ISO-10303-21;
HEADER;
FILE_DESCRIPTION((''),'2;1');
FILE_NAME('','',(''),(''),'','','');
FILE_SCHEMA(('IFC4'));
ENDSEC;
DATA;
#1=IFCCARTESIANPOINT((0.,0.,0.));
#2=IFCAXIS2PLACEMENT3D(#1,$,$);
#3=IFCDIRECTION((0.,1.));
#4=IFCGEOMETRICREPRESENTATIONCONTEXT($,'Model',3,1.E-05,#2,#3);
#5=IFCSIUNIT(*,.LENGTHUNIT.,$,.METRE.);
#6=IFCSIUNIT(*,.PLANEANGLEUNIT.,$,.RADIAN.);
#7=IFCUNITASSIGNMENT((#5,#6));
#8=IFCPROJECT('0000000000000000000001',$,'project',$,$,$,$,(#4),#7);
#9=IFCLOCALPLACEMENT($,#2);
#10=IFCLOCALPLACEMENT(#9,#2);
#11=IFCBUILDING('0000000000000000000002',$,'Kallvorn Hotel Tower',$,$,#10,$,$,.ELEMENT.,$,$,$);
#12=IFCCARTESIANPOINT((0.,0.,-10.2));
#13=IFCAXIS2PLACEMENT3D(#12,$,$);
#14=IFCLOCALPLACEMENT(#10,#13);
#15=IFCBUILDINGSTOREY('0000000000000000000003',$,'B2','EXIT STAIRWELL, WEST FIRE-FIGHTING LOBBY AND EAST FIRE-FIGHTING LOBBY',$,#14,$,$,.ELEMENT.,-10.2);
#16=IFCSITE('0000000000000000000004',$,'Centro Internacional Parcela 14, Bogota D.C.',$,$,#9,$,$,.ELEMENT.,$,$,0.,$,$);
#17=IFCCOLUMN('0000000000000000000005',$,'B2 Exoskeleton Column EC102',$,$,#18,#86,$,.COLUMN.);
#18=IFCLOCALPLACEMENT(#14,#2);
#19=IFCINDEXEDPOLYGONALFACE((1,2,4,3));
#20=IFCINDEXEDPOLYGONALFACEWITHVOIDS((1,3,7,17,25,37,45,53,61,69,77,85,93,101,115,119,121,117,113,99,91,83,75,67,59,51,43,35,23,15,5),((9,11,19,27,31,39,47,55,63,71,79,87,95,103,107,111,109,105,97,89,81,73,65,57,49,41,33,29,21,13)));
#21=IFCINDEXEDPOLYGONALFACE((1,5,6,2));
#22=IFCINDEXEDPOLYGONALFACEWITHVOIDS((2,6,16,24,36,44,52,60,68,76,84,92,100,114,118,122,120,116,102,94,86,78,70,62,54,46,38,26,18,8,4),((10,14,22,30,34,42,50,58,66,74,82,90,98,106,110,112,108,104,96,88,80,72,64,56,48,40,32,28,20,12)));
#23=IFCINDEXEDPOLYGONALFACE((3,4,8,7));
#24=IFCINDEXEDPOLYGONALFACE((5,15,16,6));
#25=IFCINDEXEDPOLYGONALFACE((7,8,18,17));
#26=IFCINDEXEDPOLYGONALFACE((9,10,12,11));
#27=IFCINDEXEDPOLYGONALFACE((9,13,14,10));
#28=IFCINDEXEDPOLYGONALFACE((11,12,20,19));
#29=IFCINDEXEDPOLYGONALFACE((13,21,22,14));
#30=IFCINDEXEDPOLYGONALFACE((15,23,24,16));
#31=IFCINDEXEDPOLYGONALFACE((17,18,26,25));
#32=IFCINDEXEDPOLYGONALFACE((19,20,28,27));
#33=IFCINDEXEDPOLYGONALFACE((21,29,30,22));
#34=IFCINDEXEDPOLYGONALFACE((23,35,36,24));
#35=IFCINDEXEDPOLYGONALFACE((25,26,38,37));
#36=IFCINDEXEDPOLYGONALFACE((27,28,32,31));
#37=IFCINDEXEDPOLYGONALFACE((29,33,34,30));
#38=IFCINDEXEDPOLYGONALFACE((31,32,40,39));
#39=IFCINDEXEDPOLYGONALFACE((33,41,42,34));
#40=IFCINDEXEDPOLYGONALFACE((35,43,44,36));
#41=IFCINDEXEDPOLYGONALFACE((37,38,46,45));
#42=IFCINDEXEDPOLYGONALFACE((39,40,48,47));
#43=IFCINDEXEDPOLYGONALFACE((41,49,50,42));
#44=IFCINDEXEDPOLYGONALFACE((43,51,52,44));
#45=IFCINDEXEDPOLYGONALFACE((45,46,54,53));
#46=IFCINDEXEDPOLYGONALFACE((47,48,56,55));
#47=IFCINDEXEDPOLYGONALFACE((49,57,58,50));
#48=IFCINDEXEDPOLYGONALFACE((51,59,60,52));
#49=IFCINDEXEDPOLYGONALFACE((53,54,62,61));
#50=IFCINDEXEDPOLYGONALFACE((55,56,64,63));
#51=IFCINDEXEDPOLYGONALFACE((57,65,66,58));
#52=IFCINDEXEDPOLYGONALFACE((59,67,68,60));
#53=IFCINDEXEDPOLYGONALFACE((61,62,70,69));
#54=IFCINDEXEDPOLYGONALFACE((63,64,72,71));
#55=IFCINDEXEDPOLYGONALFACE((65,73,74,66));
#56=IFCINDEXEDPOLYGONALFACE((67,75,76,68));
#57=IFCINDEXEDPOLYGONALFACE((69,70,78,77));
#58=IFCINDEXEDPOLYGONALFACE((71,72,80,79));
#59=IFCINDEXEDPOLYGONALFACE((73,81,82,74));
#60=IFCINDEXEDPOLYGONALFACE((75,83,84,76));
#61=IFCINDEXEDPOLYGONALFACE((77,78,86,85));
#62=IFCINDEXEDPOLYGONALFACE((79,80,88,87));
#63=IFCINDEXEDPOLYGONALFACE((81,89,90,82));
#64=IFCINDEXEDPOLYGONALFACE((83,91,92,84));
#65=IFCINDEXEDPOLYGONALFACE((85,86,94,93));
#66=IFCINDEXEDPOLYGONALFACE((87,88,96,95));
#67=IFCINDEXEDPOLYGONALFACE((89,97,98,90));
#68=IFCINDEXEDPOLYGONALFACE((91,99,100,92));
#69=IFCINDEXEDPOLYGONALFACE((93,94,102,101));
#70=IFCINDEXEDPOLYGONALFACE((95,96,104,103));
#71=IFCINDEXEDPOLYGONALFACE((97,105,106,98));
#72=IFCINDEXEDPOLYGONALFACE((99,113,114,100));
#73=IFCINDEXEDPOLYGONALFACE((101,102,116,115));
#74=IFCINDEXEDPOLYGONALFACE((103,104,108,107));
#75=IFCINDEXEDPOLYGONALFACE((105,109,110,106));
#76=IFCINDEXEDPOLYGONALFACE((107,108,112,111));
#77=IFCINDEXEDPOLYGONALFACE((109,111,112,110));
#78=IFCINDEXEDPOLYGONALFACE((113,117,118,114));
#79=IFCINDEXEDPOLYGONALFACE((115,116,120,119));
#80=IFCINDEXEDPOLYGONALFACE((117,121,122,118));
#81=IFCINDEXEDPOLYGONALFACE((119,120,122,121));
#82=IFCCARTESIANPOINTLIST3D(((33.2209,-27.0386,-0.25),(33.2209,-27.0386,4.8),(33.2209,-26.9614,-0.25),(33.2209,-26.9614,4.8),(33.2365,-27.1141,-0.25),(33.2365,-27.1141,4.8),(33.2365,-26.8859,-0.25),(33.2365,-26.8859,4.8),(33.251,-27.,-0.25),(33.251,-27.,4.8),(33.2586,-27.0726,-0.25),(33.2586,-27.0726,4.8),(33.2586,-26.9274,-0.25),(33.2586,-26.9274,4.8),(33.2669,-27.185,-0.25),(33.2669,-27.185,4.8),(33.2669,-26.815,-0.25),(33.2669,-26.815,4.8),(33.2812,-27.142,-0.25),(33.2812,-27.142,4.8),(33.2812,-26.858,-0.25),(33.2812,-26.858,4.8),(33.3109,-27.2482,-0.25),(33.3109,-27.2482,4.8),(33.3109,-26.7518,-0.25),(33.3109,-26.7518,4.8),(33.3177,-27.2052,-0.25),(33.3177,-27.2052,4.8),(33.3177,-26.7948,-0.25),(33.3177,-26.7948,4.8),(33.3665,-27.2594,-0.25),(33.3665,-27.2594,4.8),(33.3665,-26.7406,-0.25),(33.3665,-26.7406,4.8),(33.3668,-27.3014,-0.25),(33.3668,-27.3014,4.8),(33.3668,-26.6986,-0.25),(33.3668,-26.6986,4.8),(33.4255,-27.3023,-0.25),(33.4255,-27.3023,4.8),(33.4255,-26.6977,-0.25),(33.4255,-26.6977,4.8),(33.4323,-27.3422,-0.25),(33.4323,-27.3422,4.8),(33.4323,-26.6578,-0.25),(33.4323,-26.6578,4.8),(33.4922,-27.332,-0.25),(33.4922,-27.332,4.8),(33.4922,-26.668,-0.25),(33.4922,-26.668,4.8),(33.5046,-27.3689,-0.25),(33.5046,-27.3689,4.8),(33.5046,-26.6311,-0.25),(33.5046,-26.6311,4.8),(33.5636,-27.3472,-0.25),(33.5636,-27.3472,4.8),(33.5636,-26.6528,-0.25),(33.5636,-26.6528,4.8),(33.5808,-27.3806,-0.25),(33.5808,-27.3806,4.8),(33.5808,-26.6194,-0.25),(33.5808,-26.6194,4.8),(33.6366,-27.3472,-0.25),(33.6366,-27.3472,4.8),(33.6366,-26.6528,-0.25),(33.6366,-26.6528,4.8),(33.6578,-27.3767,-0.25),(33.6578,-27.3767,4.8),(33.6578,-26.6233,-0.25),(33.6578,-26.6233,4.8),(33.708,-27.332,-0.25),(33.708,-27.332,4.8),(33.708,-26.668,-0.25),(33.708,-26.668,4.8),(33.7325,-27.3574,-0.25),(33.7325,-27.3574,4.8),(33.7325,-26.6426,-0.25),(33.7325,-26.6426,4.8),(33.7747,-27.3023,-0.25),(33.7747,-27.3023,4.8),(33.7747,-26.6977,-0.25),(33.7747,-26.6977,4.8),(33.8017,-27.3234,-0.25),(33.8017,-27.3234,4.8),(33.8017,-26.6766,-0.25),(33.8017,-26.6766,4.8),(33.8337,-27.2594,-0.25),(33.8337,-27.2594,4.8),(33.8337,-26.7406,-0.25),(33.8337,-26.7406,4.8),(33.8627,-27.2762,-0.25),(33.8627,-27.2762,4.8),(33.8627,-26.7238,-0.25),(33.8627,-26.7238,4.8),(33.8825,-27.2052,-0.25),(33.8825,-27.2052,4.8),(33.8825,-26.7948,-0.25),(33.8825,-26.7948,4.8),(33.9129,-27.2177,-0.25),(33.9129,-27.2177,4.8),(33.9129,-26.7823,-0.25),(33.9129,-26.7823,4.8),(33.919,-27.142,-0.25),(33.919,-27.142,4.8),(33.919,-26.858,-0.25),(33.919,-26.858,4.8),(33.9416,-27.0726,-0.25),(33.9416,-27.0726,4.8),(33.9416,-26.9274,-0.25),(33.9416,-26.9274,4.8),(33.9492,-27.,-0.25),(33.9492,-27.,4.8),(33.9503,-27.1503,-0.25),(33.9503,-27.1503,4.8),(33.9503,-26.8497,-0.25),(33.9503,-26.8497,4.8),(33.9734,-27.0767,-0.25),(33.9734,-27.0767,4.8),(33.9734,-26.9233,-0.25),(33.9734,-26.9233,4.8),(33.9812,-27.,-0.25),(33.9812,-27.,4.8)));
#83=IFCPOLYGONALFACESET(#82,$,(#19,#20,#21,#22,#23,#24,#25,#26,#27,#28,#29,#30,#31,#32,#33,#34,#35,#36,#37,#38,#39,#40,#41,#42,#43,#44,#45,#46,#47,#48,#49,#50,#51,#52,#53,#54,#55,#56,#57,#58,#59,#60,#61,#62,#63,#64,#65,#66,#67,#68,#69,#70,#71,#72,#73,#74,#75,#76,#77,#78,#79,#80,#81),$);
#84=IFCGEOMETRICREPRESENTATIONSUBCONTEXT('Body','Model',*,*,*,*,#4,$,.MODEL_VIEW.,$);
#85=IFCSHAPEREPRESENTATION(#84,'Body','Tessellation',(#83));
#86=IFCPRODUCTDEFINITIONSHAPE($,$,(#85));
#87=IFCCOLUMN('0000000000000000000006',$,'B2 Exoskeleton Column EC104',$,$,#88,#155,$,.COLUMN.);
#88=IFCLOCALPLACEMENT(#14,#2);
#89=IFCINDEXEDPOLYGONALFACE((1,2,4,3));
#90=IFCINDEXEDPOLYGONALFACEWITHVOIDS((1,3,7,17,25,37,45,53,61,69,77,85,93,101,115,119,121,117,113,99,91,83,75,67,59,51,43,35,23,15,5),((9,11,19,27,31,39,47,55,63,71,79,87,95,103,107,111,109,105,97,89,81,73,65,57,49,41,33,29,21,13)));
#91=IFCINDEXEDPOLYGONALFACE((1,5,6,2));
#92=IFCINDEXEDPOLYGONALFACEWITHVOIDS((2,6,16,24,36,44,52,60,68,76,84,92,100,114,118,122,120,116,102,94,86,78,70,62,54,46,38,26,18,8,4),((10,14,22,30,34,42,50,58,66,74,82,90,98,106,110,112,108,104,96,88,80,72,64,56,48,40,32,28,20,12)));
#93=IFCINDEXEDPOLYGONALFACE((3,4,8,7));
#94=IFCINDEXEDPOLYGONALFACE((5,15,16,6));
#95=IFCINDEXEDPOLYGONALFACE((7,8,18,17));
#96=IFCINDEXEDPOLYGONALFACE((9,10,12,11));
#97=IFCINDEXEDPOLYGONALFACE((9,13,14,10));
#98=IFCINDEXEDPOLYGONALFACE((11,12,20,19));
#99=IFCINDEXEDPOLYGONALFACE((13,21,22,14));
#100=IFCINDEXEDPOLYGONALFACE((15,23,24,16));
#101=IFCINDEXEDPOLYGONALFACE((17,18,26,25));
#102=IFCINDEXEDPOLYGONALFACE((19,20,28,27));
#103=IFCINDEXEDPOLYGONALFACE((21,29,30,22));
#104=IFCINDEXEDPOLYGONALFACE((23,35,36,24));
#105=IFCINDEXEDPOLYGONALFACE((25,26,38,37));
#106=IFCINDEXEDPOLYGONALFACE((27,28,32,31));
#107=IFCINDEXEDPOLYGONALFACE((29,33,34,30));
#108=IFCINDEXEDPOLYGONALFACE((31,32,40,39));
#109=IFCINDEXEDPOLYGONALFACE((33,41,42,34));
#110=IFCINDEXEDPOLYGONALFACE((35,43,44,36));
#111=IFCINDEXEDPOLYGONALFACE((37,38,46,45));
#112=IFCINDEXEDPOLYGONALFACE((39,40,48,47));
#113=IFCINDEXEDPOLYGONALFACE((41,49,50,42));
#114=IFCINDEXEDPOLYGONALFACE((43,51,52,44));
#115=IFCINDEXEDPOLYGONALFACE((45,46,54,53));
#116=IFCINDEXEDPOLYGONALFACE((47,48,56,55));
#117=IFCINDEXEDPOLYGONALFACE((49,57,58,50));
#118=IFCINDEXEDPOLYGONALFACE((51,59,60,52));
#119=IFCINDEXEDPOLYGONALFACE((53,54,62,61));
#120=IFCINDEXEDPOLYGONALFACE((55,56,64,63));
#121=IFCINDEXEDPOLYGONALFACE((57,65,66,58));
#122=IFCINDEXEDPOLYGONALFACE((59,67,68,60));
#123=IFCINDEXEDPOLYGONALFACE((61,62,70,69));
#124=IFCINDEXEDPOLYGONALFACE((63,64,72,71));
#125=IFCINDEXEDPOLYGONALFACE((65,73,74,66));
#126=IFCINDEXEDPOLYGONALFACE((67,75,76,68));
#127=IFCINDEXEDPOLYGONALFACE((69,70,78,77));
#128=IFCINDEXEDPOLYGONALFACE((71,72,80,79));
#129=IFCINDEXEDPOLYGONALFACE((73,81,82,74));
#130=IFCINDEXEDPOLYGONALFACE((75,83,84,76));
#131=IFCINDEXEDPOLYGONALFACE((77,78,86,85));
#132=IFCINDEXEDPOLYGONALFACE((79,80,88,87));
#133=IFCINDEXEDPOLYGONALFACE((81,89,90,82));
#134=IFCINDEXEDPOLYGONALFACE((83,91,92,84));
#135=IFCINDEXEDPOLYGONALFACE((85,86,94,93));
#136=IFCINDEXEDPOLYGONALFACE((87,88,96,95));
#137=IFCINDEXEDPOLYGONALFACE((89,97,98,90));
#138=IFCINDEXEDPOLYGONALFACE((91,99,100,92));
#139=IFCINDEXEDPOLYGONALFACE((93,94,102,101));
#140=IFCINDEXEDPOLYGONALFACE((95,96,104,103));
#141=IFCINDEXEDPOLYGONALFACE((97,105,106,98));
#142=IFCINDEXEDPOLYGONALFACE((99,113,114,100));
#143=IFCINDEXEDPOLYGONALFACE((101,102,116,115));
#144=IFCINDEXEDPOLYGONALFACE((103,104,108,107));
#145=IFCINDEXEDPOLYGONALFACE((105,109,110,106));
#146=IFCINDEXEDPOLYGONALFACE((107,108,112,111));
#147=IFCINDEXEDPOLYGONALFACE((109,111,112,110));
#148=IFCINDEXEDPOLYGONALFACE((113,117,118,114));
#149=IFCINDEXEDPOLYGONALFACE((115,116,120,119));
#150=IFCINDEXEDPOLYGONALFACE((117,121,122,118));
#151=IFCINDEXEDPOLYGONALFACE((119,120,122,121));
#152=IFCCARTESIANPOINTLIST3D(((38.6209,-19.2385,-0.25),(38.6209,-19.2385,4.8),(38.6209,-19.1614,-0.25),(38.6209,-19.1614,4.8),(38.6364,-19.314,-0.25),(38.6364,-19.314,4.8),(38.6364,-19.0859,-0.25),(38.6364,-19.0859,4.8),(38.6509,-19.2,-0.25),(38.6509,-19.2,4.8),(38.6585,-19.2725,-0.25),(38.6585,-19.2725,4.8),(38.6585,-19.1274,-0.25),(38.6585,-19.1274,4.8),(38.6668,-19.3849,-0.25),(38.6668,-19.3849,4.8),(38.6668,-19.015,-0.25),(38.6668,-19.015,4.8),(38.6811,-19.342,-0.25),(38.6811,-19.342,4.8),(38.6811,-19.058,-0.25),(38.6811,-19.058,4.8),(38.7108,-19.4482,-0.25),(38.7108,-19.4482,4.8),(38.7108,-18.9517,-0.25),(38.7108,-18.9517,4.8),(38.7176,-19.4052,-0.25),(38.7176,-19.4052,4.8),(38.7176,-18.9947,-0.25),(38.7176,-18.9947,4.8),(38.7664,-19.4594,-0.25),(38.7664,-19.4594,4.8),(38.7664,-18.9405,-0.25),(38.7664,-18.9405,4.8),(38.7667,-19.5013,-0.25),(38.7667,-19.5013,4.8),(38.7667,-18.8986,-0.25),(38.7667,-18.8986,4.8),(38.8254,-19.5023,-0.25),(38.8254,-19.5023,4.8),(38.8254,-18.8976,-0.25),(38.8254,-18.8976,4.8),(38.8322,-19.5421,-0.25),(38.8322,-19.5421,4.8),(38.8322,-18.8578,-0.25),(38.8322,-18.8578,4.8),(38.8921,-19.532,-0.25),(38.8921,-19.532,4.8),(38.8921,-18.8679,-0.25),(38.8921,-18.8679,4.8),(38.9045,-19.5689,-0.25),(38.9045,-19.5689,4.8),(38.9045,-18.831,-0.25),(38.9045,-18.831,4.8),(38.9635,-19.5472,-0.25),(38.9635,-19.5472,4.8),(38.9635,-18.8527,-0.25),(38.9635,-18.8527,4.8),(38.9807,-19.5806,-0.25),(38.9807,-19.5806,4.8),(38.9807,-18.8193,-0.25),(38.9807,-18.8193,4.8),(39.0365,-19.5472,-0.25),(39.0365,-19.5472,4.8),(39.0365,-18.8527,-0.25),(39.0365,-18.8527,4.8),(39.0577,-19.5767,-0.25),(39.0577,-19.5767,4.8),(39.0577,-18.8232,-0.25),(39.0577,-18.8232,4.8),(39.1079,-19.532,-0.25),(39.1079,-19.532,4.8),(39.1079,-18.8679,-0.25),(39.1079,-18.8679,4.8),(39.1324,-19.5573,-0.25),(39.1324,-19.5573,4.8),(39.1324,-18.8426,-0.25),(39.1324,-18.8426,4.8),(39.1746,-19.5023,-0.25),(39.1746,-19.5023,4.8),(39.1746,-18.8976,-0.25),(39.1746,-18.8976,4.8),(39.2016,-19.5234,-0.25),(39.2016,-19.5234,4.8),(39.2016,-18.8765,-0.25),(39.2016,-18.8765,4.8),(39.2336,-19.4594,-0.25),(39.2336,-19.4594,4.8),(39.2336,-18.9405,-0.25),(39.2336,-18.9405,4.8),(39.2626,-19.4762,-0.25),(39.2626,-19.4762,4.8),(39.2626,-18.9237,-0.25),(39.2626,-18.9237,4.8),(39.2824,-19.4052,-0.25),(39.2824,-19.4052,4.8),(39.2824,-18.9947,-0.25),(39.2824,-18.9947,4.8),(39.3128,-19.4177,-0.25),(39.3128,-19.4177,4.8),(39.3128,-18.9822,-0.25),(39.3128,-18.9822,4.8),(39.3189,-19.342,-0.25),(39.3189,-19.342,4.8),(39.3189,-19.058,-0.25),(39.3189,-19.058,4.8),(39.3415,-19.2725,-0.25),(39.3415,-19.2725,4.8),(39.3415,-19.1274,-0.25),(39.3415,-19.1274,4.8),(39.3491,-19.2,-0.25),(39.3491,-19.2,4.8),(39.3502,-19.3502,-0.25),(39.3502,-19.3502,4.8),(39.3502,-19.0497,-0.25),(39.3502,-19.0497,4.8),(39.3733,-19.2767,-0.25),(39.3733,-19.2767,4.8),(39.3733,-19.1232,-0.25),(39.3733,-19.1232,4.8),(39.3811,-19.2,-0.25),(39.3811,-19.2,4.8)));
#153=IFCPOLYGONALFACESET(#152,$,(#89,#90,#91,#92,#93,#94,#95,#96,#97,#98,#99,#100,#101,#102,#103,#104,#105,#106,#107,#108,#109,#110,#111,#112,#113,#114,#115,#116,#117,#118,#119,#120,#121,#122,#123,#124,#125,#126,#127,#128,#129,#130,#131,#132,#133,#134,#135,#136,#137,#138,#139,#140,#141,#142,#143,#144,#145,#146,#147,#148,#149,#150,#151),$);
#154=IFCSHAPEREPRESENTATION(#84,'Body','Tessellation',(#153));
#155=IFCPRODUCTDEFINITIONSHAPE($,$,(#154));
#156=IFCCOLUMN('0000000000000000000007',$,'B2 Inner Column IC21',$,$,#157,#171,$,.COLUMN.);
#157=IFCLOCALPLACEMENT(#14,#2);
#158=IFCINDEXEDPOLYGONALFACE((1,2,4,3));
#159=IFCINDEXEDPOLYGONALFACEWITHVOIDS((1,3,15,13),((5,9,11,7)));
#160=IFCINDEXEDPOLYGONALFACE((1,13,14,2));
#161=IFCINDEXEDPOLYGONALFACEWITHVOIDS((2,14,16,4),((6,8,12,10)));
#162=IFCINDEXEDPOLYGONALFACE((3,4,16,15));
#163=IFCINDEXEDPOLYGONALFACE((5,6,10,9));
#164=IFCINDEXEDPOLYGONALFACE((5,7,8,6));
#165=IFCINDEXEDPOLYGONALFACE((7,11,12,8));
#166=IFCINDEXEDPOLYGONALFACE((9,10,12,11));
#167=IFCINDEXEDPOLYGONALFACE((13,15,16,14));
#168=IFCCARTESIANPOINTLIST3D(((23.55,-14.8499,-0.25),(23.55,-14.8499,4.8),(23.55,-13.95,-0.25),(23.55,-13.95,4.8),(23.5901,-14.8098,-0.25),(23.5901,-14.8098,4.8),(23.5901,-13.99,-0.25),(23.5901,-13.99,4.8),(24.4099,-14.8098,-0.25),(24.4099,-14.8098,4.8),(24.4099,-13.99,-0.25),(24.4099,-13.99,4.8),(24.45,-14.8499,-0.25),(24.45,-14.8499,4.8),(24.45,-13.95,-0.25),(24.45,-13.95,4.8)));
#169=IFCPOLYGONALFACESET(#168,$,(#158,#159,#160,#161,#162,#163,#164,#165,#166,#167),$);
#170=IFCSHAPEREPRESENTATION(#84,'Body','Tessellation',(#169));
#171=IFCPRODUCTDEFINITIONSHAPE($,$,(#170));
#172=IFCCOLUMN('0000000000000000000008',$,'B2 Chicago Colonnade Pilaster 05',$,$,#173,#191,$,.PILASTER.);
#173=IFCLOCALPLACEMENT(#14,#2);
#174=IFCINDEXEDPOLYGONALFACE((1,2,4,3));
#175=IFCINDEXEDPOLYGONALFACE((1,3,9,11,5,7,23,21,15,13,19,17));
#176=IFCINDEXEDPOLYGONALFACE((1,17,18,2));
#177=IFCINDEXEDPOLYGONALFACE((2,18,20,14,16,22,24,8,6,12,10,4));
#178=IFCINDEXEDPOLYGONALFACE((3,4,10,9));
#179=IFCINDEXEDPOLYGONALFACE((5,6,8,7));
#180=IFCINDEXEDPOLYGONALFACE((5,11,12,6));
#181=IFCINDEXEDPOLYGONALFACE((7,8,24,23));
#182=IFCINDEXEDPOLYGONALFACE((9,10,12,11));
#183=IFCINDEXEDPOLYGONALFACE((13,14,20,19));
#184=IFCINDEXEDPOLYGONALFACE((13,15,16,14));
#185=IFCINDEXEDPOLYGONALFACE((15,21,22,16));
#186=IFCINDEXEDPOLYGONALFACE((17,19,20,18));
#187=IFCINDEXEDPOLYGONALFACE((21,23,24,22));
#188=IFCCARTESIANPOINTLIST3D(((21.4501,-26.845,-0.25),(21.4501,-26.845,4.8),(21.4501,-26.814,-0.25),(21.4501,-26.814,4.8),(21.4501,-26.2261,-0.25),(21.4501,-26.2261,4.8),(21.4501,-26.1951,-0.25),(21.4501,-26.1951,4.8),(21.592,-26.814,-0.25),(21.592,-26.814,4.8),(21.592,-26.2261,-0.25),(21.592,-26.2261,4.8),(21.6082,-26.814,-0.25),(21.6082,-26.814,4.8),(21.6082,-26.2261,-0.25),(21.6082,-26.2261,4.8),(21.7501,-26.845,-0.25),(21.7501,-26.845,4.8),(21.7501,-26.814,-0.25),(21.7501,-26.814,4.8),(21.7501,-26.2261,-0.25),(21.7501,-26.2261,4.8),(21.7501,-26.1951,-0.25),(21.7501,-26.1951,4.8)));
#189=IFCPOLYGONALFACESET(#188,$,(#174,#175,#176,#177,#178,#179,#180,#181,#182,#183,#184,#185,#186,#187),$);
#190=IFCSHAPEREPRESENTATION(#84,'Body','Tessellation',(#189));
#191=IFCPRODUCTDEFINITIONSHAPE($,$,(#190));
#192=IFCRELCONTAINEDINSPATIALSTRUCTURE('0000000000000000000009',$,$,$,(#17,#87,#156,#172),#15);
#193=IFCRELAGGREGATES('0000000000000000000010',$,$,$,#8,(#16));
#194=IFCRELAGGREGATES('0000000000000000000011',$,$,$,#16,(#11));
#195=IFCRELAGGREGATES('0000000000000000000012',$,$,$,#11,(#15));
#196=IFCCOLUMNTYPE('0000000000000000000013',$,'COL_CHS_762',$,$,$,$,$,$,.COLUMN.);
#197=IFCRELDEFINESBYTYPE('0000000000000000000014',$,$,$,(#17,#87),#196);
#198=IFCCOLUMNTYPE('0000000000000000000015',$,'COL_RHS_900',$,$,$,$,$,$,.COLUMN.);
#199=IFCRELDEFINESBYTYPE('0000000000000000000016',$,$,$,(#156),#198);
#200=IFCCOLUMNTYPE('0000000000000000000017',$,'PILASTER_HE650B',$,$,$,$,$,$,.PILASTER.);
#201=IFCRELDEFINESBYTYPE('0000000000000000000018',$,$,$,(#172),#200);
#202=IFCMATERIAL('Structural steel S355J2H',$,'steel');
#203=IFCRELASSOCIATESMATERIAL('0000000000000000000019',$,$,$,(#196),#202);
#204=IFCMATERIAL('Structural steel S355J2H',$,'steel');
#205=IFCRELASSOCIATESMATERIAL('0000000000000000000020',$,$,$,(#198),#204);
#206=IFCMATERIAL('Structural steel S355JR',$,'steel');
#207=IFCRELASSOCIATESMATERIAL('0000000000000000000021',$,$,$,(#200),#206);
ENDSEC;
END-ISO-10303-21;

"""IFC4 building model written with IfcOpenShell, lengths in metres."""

from ifc_helpers import new_model, si_unit, direction, frame, origin, origin_2d, place, context, subcontext, project, spatial, hollow_rectangle, hollow_circle, i_section, extrude, material, material_profile, profile_set, type_object, element, save


model = new_model("IFC4")

# Units and contexts
model_context = context("Model", 3, precision=1e-05, world=origin(), true_north=direction((0.0, 1.0)))
body_context = subcontext(model_context, "Body", "Model", "MODEL_VIEW")
ifc_project = project(units=[si_unit("LENGTHUNIT", "METRE"), si_unit("PLANEANGLEUNIT", "RADIAN")], contexts=[model_context])

# Site, building, storey
site_placement = place(None, origin())
site = spatial("IfcSite", under=ifc_project, at=site_placement, Name="Centro Internacional Parcela 14, Bogota D.C.", CompositionType="ELEMENT", RefElevation=0.0)
building_placement = place(site_placement, origin())
building = spatial("IfcBuilding", under=site, at=building_placement, Name="Kallvorn Hotel Tower", CompositionType="ELEMENT")
storey_placement = place(building_placement, frame((0.0, 0.0, -10.2)))
storey = spatial("IfcBuildingStorey", under=building, at=storey_placement, Name="B2", Description="EXIT STAIRWELL, WEST FIRE-FIGHTING LOBBY AND EAST FIRE-FIGHTING LOBBY", CompositionType="ELEMENT", Elevation=-10.2)

# Columns
ifc_material_1 = material(Name="Structural steel S355J2H", Category="steel")
ifc_material_profile_1 = material_profile(ifc_material_1, hollow_circle(Radius=0.3811, WallThickness=0.032, at=origin_2d()), Name="CHS 762x32")
ifc_profile_set_1 = profile_set([ifc_material_profile_1], Name="Structural steel S355J2H")
column_type_1 = type_object("IfcColumnType", Name="COL_CHS_762", PredefinedType="COLUMN", material=ifc_profile_set_1)
for number, where, z_axis, x_axis, name in (
    (1, (33.6001, -27.0, -0.25), (0.0, 0.0, 1.0), (1.0, 0.0, 0.0), "B2 Exoskeleton Column EC102"),
    (2, (39.0, -19.2, -0.25), (0.0, 0.0, 1.0), (1.0, 0.0, 0.0), "B2 Exoskeleton Column EC104"),
):
    element("IfcColumn", number, at=place(storey_placement, frame(where, z_axis=z_axis, x_axis=x_axis)), inside=storey, type_object=column_type_1, Name=name, PredefinedType="COLUMN", context=body_context, shape_type="SweptSolid", body=[
        extrude(hollow_circle(Radius=0.3811, WallThickness=0.032, at=origin_2d()), origin(), (0.0, 0.0, 1.0), 5.05),
    ])
ifc_material_2 = material(Name="Structural steel S355J2H", Category="steel")
ifc_material_profile_2 = material_profile(ifc_material_2, hollow_rectangle(XDim=0.8999, YDim=0.8999, WallThickness=0.04, at=origin_2d()), Name="RHS 900x900x40")
ifc_profile_set_2 = profile_set([ifc_material_profile_2], Name="Structural steel S355J2H")
column_type_2 = type_object("IfcColumnType", Name="COL_RHS_900", PredefinedType="COLUMN", material=ifc_profile_set_2)
column_1_placement = place(storey_placement, frame((24.0, -14.3999, -0.25), z_axis=(0.0, 0.0, 1.0), x_axis=(1.0, 0.0, 0.0)))
element("IfcColumn", 3, at=column_1_placement, inside=storey, type_object=column_type_2, Name="B2 Inner Column IC21", PredefinedType="COLUMN", context=body_context, shape_type="SweptSolid", body=[
    extrude(hollow_rectangle(XDim=0.8999, YDim=0.8999, WallThickness=0.04, at=origin_2d()), origin(), (0.0, 0.0, 1.0), 5.05),
])
ifc_material_3 = material(Name="Structural steel S355JR", Category="steel")
ifc_material_profile_3 = material_profile(ifc_material_3, i_section(OverallWidth=0.3, OverallDepth=0.6499, WebThickness=0.0161, FlangeThickness=0.031, at=origin_2d()), Name="HE 650 B")
ifc_profile_set_3 = profile_set([ifc_material_profile_3], Name="Structural steel S355JR")
column_type_3 = type_object("IfcColumnType", Name="PILASTER_HE650B", PredefinedType="PILASTER", material=ifc_profile_set_3)
column_2_placement = place(storey_placement, frame((21.6001, -26.52, -0.25), z_axis=(0.0, 0.0, 1.0), x_axis=(1.0, 0.0, 0.0)))
element("IfcColumn", 4, at=column_2_placement, inside=storey, type_object=column_type_3, Name="B2 Chicago Colonnade Pilaster 05", PredefinedType="PILASTER", context=body_context, shape_type="SweptSolid", body=[
    extrude(i_section(OverallWidth=0.3, OverallDepth=0.6499, WebThickness=0.0161, FlangeThickness=0.031, at=origin_2d()), origin(), (0.0, 0.0, 1.0), 5.05),
])

save(model, "model.ifc")
